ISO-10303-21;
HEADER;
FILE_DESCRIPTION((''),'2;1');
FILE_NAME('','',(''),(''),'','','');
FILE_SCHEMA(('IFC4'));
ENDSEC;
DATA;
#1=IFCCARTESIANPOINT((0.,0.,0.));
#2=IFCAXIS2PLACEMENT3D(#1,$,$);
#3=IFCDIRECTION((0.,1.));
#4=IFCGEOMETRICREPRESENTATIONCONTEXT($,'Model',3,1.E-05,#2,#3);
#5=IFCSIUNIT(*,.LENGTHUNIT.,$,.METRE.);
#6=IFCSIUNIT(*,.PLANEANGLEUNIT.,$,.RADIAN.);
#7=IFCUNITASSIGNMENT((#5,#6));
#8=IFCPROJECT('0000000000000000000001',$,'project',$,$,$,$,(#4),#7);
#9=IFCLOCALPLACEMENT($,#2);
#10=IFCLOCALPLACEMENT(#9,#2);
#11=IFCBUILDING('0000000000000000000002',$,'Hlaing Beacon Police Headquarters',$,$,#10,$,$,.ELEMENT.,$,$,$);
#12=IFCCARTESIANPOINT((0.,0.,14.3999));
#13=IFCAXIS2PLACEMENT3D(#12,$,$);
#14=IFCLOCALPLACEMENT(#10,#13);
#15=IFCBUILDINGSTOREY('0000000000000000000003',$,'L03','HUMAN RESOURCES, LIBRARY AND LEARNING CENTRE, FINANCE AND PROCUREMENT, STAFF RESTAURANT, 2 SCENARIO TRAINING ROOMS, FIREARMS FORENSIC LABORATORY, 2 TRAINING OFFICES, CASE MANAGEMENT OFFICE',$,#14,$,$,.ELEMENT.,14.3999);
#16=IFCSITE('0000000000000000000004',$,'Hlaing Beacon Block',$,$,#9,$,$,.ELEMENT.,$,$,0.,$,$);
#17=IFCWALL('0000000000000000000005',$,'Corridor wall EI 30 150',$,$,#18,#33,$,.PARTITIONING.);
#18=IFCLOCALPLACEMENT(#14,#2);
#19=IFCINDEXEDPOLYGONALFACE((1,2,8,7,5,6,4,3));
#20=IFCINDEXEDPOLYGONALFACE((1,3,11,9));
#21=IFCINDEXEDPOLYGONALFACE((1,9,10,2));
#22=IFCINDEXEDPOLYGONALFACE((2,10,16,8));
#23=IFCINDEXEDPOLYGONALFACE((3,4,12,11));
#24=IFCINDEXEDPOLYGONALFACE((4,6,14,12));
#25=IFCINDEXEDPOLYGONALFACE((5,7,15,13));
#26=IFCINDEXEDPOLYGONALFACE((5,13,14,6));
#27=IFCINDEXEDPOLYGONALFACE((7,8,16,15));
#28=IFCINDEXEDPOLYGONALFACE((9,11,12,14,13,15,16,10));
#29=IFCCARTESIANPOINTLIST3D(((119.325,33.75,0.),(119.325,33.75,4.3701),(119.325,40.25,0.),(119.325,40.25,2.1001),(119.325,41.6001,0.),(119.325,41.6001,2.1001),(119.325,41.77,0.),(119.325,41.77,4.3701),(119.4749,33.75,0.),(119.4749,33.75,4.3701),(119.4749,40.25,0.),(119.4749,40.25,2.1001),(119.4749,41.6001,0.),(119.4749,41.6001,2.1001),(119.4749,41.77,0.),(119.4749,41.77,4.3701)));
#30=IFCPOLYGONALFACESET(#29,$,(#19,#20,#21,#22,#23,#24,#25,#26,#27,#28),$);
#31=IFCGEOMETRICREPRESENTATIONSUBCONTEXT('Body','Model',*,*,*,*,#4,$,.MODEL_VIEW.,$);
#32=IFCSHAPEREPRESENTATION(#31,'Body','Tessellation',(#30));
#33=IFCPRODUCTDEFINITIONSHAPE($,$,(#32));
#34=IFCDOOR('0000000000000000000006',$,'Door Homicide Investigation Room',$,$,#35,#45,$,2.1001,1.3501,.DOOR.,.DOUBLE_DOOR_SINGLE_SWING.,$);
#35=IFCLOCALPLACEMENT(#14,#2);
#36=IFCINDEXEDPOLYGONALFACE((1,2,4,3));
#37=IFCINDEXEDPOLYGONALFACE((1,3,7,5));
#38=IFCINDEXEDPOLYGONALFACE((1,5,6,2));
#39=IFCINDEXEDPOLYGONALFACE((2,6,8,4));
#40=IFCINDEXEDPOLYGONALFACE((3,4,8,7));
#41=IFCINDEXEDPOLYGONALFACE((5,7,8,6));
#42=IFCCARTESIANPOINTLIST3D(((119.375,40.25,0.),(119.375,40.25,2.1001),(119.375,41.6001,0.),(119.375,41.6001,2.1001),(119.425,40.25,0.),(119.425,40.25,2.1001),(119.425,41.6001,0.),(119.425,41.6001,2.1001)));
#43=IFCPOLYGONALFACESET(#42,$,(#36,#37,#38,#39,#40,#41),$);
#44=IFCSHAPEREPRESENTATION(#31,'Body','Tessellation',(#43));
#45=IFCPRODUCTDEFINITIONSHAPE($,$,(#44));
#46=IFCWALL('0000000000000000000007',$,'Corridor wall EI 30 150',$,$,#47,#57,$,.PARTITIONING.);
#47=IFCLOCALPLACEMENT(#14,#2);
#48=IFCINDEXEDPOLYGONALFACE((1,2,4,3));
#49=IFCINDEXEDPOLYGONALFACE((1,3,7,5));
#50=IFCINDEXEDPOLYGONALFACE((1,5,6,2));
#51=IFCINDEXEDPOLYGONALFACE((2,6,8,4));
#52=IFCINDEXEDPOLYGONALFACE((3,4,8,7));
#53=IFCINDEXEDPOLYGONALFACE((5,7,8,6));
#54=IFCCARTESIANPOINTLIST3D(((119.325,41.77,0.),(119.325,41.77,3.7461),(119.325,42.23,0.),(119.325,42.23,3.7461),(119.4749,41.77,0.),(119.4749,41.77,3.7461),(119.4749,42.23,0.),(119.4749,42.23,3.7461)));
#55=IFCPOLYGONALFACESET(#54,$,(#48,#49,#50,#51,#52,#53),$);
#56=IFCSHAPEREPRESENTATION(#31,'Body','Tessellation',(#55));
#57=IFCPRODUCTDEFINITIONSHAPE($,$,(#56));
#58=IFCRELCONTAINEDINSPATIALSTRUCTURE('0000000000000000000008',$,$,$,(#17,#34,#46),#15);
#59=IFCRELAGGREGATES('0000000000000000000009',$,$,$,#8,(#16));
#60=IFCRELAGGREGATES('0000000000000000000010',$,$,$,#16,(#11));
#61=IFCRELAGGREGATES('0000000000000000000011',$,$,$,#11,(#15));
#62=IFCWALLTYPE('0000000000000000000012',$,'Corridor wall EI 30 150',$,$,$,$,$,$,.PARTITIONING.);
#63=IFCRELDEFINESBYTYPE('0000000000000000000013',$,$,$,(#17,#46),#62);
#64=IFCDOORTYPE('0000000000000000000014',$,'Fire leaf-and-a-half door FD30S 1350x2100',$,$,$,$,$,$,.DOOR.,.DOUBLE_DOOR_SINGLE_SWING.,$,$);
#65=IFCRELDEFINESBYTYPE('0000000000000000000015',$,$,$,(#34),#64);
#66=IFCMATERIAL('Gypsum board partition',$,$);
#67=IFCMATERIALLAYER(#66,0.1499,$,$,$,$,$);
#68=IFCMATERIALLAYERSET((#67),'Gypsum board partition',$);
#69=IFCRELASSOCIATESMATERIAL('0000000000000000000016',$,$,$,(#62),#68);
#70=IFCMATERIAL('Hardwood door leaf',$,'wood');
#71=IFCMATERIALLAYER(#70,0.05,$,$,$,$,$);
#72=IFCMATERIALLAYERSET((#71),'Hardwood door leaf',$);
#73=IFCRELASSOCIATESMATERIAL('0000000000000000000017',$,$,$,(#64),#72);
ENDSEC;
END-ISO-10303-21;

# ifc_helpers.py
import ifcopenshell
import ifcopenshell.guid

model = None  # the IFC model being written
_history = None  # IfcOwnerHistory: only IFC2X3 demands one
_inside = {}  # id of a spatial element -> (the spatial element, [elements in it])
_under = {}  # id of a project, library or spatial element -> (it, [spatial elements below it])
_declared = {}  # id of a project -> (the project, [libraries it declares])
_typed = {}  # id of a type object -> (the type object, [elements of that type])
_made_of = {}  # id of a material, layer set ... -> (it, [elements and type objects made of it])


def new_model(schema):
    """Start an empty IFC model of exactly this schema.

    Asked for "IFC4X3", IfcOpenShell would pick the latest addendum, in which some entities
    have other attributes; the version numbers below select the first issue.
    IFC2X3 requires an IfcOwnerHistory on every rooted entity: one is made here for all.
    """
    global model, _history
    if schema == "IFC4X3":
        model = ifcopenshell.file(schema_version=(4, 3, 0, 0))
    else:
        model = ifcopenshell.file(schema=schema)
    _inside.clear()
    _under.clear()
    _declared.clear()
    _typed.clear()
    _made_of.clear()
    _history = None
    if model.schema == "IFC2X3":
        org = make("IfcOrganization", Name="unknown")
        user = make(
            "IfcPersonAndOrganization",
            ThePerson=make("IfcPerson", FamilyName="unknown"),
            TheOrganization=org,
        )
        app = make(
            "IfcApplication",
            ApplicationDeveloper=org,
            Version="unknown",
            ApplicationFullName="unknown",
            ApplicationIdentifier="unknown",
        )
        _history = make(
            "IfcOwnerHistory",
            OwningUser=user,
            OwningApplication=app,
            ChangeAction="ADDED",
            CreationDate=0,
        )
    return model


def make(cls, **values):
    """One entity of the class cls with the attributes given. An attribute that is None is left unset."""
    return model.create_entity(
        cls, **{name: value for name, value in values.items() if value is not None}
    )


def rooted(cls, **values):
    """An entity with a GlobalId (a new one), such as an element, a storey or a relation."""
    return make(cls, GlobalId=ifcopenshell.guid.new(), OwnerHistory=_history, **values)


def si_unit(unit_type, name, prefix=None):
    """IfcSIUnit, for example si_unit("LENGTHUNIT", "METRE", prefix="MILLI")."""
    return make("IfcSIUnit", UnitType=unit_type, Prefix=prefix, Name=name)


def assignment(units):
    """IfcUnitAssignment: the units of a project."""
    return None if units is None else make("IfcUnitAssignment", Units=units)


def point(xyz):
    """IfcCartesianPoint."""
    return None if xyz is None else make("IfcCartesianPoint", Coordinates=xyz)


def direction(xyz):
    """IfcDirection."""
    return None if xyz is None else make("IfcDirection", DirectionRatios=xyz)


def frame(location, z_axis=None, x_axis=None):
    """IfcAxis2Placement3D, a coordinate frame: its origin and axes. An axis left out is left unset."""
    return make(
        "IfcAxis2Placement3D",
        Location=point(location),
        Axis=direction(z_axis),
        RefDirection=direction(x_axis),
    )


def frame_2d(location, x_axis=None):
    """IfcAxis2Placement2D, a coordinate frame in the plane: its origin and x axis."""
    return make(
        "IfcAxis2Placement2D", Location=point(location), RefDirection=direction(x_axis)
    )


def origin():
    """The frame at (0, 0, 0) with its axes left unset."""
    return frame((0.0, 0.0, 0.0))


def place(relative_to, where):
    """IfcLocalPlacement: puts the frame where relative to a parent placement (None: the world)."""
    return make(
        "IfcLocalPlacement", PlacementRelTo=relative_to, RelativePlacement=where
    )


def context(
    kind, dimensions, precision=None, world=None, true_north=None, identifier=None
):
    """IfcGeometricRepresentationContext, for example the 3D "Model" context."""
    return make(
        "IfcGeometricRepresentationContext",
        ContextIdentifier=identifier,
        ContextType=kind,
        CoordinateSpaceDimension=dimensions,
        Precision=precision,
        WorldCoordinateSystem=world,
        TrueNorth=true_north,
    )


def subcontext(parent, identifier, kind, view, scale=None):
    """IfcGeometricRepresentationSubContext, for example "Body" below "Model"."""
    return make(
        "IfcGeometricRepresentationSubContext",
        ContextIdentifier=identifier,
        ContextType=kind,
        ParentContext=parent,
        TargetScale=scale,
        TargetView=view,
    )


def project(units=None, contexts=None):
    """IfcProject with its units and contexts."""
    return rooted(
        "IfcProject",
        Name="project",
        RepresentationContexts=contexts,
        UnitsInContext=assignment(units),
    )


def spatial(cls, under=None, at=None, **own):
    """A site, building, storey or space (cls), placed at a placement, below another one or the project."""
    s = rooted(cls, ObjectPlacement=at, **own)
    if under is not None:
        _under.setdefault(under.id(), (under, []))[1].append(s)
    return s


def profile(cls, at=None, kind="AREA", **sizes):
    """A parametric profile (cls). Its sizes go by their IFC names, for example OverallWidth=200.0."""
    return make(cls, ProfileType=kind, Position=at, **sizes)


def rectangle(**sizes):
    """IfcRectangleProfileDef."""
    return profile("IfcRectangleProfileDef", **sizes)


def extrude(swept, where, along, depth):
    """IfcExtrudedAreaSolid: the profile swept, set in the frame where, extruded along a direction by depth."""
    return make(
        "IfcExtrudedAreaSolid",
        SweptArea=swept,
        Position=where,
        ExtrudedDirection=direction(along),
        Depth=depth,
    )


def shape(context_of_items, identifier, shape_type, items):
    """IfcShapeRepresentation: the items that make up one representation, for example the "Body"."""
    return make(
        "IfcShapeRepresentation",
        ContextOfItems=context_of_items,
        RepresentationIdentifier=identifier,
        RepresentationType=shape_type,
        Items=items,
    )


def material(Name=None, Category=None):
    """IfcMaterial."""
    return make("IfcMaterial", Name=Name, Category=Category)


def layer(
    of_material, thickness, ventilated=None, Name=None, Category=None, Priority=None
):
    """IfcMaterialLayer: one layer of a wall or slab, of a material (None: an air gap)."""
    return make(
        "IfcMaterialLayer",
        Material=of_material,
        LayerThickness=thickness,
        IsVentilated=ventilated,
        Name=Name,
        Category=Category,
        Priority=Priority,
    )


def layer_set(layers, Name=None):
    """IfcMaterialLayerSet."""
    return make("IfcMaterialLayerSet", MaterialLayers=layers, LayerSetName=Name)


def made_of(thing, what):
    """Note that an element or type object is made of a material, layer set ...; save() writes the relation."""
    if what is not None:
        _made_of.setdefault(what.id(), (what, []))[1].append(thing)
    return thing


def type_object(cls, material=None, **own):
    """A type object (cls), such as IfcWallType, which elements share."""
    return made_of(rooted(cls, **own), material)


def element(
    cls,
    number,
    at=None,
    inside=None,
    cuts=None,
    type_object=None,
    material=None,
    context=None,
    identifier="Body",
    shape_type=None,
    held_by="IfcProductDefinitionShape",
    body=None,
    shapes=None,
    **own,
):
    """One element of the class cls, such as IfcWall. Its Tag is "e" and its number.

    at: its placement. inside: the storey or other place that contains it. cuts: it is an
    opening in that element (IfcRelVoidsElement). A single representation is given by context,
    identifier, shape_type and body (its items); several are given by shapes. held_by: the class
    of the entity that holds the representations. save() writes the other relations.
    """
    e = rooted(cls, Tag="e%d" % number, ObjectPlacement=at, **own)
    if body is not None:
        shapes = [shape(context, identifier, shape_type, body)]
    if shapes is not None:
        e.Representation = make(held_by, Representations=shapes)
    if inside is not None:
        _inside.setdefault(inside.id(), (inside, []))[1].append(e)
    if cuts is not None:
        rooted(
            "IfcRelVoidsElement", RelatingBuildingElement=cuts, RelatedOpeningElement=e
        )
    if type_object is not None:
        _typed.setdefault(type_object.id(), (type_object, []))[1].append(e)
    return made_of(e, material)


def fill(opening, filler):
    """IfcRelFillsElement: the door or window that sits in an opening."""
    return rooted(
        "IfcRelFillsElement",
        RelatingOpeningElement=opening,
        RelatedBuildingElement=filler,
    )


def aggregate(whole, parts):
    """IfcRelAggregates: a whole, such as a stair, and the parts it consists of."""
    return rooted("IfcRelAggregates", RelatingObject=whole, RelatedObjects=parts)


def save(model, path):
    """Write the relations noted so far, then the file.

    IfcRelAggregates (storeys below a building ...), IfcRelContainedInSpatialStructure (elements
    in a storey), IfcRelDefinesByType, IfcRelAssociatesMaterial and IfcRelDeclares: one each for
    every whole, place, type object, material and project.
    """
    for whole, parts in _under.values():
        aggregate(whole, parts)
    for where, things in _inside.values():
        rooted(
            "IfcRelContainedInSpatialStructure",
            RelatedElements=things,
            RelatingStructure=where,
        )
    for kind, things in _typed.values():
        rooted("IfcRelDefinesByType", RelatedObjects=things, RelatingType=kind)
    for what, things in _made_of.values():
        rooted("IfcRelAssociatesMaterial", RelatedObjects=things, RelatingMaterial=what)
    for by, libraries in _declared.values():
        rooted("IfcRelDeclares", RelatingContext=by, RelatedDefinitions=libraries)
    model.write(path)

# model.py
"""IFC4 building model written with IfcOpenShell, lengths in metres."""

from ifc_helpers import new_model, si_unit, direction, frame, frame_2d, origin, place, context, subcontext, project, spatial, rectangle, extrude, material, layer, layer_set, type_object, element, fill, save


model = new_model("IFC4")

# Units and contexts
model_context = context("Model", 3, precision=1e-05, world=origin(), true_north=direction((0.0, 1.0)))
body_context = subcontext(model_context, "Body", "Model", "MODEL_VIEW")
ifc_project = project(units=[si_unit("LENGTHUNIT", "METRE"), si_unit("PLANEANGLEUNIT", "RADIAN")], contexts=[model_context])

# Site, building, storey
site_placement = place(None, origin())
site = spatial("IfcSite", under=ifc_project, at=site_placement, Name="Hlaing Beacon Block", CompositionType="ELEMENT", RefElevation=0.0)
building_placement = place(site_placement, origin())
building = spatial("IfcBuilding", under=site, at=building_placement, Name="Hlaing Beacon Police Headquarters", CompositionType="ELEMENT")
storey_placement = place(building_placement, frame((0.0, 0.0, 14.3999)))
storey = spatial("IfcBuildingStorey", under=building, at=storey_placement, Name="L03", Description="HUMAN RESOURCES, LIBRARY AND LEARNING CENTRE, FINANCE AND PROCUREMENT, STAFF RESTAURANT, 2 SCENARIO TRAINING ROOMS, FIREARMS FORENSIC LABORATORY, 2 TRAINING OFFICES, CASE MANAGEMENT OFFICE", CompositionType="ELEMENT", Elevation=14.3999)

# Wall, opening, door
ifc_material_1 = material(Name="Gypsum board partition")
ifc_layer_1 = layer(ifc_material_1, 0.1499)
ifc_layer_set_1 = layer_set([ifc_layer_1], Name="Gypsum board partition")
wall_type = type_object("IfcWallType", Name="Corridor wall EI 30 150", PredefinedType="PARTITIONING", material=ifc_layer_set_1)
wall_1_placement = place(storey_placement, frame((119.3999, 33.75, 0.0), z_axis=(0.0, 0.0, 1.0), x_axis=(0.0, 1.0, 0.0)))
wall_1 = element("IfcWall", 1, at=wall_1_placement, inside=storey, type_object=wall_type, Name="Corridor wall EI 30 150", PredefinedType="PARTITIONING", context=body_context, shape_type="SweptSolid", body=[
    extrude(rectangle(XDim=8.02, YDim=0.1499, at=frame_2d((4.01, 0.0))), origin(), (0.0, 0.0, 1.0), 4.3701),
])
opening_placement = place(wall_1_placement, frame((6.5, 0.0, 0.0)))
opening = element("IfcOpeningElement", 2, at=opening_placement, cuts=wall_1, PredefinedType="OPENING", context=body_context, shape_type="SweptSolid", body=[
    extrude(rectangle(XDim=1.3501, YDim=2.1001, at=frame_2d((0.675, 1.05))), frame((0.0, 0.085, 0.0), z_axis=(0.0, -1.0, 0.0), x_axis=(1.0, 0.0, 0.0)), (0.0, 0.0, 1.0), 0.1699),
])
ifc_material_2 = material(Name="Hardwood door leaf", Category="wood")
ifc_layer_2 = layer(ifc_material_2, 0.05)
ifc_layer_set_2 = layer_set([ifc_layer_2], Name="Hardwood door leaf")
door_type = type_object("IfcDoorType", Name="Fire leaf-and-a-half door FD30S 1350x2100", OperationType="DOUBLE_DOOR_SINGLE_SWING", PredefinedType="DOOR", material=ifc_layer_set_2)
door_placement = place(opening_placement, frame((1.3501, 0.0, 0.0), z_axis=(0.0, 0.0, 1.0), x_axis=(-1.0, 0.0, 0.0)))
door = element("IfcDoor", 3, at=door_placement, inside=storey, type_object=door_type, Name="Door Homicide Investigation Room", OperationType="DOUBLE_DOOR_SINGLE_SWING", OverallHeight=2.1001, OverallWidth=1.3501, PredefinedType="DOOR", context=body_context, shape_type="SweptSolid", body=[
    extrude(rectangle(XDim=1.3501, YDim=2.1001, at=frame_2d((0.675, 1.05))), frame((0.0, 0.0251, 0.0), z_axis=(0.0, -1.0, 0.0), x_axis=(1.0, 0.0, 0.0)), (0.0, 0.0, 1.0), 0.05),
])
fill(opening, door)

# Wall
wall_2_placement = place(storey_placement, frame((119.3999, 41.77, 0.0), z_axis=(0.0, 0.0, 1.0), x_axis=(0.0, 1.0, 0.0)))
element("IfcWall", 4, at=wall_2_placement, inside=storey, type_object=wall_type, Name="Corridor wall EI 30 150", PredefinedType="PARTITIONING", context=body_context, shape_type="SweptSolid", body=[
    extrude(rectangle(XDim=0.46, YDim=0.1499, at=frame_2d((0.23, 0.0))), origin(), (0.0, 0.0, 1.0), 3.7461),
])

save(model, "model.ifc")
